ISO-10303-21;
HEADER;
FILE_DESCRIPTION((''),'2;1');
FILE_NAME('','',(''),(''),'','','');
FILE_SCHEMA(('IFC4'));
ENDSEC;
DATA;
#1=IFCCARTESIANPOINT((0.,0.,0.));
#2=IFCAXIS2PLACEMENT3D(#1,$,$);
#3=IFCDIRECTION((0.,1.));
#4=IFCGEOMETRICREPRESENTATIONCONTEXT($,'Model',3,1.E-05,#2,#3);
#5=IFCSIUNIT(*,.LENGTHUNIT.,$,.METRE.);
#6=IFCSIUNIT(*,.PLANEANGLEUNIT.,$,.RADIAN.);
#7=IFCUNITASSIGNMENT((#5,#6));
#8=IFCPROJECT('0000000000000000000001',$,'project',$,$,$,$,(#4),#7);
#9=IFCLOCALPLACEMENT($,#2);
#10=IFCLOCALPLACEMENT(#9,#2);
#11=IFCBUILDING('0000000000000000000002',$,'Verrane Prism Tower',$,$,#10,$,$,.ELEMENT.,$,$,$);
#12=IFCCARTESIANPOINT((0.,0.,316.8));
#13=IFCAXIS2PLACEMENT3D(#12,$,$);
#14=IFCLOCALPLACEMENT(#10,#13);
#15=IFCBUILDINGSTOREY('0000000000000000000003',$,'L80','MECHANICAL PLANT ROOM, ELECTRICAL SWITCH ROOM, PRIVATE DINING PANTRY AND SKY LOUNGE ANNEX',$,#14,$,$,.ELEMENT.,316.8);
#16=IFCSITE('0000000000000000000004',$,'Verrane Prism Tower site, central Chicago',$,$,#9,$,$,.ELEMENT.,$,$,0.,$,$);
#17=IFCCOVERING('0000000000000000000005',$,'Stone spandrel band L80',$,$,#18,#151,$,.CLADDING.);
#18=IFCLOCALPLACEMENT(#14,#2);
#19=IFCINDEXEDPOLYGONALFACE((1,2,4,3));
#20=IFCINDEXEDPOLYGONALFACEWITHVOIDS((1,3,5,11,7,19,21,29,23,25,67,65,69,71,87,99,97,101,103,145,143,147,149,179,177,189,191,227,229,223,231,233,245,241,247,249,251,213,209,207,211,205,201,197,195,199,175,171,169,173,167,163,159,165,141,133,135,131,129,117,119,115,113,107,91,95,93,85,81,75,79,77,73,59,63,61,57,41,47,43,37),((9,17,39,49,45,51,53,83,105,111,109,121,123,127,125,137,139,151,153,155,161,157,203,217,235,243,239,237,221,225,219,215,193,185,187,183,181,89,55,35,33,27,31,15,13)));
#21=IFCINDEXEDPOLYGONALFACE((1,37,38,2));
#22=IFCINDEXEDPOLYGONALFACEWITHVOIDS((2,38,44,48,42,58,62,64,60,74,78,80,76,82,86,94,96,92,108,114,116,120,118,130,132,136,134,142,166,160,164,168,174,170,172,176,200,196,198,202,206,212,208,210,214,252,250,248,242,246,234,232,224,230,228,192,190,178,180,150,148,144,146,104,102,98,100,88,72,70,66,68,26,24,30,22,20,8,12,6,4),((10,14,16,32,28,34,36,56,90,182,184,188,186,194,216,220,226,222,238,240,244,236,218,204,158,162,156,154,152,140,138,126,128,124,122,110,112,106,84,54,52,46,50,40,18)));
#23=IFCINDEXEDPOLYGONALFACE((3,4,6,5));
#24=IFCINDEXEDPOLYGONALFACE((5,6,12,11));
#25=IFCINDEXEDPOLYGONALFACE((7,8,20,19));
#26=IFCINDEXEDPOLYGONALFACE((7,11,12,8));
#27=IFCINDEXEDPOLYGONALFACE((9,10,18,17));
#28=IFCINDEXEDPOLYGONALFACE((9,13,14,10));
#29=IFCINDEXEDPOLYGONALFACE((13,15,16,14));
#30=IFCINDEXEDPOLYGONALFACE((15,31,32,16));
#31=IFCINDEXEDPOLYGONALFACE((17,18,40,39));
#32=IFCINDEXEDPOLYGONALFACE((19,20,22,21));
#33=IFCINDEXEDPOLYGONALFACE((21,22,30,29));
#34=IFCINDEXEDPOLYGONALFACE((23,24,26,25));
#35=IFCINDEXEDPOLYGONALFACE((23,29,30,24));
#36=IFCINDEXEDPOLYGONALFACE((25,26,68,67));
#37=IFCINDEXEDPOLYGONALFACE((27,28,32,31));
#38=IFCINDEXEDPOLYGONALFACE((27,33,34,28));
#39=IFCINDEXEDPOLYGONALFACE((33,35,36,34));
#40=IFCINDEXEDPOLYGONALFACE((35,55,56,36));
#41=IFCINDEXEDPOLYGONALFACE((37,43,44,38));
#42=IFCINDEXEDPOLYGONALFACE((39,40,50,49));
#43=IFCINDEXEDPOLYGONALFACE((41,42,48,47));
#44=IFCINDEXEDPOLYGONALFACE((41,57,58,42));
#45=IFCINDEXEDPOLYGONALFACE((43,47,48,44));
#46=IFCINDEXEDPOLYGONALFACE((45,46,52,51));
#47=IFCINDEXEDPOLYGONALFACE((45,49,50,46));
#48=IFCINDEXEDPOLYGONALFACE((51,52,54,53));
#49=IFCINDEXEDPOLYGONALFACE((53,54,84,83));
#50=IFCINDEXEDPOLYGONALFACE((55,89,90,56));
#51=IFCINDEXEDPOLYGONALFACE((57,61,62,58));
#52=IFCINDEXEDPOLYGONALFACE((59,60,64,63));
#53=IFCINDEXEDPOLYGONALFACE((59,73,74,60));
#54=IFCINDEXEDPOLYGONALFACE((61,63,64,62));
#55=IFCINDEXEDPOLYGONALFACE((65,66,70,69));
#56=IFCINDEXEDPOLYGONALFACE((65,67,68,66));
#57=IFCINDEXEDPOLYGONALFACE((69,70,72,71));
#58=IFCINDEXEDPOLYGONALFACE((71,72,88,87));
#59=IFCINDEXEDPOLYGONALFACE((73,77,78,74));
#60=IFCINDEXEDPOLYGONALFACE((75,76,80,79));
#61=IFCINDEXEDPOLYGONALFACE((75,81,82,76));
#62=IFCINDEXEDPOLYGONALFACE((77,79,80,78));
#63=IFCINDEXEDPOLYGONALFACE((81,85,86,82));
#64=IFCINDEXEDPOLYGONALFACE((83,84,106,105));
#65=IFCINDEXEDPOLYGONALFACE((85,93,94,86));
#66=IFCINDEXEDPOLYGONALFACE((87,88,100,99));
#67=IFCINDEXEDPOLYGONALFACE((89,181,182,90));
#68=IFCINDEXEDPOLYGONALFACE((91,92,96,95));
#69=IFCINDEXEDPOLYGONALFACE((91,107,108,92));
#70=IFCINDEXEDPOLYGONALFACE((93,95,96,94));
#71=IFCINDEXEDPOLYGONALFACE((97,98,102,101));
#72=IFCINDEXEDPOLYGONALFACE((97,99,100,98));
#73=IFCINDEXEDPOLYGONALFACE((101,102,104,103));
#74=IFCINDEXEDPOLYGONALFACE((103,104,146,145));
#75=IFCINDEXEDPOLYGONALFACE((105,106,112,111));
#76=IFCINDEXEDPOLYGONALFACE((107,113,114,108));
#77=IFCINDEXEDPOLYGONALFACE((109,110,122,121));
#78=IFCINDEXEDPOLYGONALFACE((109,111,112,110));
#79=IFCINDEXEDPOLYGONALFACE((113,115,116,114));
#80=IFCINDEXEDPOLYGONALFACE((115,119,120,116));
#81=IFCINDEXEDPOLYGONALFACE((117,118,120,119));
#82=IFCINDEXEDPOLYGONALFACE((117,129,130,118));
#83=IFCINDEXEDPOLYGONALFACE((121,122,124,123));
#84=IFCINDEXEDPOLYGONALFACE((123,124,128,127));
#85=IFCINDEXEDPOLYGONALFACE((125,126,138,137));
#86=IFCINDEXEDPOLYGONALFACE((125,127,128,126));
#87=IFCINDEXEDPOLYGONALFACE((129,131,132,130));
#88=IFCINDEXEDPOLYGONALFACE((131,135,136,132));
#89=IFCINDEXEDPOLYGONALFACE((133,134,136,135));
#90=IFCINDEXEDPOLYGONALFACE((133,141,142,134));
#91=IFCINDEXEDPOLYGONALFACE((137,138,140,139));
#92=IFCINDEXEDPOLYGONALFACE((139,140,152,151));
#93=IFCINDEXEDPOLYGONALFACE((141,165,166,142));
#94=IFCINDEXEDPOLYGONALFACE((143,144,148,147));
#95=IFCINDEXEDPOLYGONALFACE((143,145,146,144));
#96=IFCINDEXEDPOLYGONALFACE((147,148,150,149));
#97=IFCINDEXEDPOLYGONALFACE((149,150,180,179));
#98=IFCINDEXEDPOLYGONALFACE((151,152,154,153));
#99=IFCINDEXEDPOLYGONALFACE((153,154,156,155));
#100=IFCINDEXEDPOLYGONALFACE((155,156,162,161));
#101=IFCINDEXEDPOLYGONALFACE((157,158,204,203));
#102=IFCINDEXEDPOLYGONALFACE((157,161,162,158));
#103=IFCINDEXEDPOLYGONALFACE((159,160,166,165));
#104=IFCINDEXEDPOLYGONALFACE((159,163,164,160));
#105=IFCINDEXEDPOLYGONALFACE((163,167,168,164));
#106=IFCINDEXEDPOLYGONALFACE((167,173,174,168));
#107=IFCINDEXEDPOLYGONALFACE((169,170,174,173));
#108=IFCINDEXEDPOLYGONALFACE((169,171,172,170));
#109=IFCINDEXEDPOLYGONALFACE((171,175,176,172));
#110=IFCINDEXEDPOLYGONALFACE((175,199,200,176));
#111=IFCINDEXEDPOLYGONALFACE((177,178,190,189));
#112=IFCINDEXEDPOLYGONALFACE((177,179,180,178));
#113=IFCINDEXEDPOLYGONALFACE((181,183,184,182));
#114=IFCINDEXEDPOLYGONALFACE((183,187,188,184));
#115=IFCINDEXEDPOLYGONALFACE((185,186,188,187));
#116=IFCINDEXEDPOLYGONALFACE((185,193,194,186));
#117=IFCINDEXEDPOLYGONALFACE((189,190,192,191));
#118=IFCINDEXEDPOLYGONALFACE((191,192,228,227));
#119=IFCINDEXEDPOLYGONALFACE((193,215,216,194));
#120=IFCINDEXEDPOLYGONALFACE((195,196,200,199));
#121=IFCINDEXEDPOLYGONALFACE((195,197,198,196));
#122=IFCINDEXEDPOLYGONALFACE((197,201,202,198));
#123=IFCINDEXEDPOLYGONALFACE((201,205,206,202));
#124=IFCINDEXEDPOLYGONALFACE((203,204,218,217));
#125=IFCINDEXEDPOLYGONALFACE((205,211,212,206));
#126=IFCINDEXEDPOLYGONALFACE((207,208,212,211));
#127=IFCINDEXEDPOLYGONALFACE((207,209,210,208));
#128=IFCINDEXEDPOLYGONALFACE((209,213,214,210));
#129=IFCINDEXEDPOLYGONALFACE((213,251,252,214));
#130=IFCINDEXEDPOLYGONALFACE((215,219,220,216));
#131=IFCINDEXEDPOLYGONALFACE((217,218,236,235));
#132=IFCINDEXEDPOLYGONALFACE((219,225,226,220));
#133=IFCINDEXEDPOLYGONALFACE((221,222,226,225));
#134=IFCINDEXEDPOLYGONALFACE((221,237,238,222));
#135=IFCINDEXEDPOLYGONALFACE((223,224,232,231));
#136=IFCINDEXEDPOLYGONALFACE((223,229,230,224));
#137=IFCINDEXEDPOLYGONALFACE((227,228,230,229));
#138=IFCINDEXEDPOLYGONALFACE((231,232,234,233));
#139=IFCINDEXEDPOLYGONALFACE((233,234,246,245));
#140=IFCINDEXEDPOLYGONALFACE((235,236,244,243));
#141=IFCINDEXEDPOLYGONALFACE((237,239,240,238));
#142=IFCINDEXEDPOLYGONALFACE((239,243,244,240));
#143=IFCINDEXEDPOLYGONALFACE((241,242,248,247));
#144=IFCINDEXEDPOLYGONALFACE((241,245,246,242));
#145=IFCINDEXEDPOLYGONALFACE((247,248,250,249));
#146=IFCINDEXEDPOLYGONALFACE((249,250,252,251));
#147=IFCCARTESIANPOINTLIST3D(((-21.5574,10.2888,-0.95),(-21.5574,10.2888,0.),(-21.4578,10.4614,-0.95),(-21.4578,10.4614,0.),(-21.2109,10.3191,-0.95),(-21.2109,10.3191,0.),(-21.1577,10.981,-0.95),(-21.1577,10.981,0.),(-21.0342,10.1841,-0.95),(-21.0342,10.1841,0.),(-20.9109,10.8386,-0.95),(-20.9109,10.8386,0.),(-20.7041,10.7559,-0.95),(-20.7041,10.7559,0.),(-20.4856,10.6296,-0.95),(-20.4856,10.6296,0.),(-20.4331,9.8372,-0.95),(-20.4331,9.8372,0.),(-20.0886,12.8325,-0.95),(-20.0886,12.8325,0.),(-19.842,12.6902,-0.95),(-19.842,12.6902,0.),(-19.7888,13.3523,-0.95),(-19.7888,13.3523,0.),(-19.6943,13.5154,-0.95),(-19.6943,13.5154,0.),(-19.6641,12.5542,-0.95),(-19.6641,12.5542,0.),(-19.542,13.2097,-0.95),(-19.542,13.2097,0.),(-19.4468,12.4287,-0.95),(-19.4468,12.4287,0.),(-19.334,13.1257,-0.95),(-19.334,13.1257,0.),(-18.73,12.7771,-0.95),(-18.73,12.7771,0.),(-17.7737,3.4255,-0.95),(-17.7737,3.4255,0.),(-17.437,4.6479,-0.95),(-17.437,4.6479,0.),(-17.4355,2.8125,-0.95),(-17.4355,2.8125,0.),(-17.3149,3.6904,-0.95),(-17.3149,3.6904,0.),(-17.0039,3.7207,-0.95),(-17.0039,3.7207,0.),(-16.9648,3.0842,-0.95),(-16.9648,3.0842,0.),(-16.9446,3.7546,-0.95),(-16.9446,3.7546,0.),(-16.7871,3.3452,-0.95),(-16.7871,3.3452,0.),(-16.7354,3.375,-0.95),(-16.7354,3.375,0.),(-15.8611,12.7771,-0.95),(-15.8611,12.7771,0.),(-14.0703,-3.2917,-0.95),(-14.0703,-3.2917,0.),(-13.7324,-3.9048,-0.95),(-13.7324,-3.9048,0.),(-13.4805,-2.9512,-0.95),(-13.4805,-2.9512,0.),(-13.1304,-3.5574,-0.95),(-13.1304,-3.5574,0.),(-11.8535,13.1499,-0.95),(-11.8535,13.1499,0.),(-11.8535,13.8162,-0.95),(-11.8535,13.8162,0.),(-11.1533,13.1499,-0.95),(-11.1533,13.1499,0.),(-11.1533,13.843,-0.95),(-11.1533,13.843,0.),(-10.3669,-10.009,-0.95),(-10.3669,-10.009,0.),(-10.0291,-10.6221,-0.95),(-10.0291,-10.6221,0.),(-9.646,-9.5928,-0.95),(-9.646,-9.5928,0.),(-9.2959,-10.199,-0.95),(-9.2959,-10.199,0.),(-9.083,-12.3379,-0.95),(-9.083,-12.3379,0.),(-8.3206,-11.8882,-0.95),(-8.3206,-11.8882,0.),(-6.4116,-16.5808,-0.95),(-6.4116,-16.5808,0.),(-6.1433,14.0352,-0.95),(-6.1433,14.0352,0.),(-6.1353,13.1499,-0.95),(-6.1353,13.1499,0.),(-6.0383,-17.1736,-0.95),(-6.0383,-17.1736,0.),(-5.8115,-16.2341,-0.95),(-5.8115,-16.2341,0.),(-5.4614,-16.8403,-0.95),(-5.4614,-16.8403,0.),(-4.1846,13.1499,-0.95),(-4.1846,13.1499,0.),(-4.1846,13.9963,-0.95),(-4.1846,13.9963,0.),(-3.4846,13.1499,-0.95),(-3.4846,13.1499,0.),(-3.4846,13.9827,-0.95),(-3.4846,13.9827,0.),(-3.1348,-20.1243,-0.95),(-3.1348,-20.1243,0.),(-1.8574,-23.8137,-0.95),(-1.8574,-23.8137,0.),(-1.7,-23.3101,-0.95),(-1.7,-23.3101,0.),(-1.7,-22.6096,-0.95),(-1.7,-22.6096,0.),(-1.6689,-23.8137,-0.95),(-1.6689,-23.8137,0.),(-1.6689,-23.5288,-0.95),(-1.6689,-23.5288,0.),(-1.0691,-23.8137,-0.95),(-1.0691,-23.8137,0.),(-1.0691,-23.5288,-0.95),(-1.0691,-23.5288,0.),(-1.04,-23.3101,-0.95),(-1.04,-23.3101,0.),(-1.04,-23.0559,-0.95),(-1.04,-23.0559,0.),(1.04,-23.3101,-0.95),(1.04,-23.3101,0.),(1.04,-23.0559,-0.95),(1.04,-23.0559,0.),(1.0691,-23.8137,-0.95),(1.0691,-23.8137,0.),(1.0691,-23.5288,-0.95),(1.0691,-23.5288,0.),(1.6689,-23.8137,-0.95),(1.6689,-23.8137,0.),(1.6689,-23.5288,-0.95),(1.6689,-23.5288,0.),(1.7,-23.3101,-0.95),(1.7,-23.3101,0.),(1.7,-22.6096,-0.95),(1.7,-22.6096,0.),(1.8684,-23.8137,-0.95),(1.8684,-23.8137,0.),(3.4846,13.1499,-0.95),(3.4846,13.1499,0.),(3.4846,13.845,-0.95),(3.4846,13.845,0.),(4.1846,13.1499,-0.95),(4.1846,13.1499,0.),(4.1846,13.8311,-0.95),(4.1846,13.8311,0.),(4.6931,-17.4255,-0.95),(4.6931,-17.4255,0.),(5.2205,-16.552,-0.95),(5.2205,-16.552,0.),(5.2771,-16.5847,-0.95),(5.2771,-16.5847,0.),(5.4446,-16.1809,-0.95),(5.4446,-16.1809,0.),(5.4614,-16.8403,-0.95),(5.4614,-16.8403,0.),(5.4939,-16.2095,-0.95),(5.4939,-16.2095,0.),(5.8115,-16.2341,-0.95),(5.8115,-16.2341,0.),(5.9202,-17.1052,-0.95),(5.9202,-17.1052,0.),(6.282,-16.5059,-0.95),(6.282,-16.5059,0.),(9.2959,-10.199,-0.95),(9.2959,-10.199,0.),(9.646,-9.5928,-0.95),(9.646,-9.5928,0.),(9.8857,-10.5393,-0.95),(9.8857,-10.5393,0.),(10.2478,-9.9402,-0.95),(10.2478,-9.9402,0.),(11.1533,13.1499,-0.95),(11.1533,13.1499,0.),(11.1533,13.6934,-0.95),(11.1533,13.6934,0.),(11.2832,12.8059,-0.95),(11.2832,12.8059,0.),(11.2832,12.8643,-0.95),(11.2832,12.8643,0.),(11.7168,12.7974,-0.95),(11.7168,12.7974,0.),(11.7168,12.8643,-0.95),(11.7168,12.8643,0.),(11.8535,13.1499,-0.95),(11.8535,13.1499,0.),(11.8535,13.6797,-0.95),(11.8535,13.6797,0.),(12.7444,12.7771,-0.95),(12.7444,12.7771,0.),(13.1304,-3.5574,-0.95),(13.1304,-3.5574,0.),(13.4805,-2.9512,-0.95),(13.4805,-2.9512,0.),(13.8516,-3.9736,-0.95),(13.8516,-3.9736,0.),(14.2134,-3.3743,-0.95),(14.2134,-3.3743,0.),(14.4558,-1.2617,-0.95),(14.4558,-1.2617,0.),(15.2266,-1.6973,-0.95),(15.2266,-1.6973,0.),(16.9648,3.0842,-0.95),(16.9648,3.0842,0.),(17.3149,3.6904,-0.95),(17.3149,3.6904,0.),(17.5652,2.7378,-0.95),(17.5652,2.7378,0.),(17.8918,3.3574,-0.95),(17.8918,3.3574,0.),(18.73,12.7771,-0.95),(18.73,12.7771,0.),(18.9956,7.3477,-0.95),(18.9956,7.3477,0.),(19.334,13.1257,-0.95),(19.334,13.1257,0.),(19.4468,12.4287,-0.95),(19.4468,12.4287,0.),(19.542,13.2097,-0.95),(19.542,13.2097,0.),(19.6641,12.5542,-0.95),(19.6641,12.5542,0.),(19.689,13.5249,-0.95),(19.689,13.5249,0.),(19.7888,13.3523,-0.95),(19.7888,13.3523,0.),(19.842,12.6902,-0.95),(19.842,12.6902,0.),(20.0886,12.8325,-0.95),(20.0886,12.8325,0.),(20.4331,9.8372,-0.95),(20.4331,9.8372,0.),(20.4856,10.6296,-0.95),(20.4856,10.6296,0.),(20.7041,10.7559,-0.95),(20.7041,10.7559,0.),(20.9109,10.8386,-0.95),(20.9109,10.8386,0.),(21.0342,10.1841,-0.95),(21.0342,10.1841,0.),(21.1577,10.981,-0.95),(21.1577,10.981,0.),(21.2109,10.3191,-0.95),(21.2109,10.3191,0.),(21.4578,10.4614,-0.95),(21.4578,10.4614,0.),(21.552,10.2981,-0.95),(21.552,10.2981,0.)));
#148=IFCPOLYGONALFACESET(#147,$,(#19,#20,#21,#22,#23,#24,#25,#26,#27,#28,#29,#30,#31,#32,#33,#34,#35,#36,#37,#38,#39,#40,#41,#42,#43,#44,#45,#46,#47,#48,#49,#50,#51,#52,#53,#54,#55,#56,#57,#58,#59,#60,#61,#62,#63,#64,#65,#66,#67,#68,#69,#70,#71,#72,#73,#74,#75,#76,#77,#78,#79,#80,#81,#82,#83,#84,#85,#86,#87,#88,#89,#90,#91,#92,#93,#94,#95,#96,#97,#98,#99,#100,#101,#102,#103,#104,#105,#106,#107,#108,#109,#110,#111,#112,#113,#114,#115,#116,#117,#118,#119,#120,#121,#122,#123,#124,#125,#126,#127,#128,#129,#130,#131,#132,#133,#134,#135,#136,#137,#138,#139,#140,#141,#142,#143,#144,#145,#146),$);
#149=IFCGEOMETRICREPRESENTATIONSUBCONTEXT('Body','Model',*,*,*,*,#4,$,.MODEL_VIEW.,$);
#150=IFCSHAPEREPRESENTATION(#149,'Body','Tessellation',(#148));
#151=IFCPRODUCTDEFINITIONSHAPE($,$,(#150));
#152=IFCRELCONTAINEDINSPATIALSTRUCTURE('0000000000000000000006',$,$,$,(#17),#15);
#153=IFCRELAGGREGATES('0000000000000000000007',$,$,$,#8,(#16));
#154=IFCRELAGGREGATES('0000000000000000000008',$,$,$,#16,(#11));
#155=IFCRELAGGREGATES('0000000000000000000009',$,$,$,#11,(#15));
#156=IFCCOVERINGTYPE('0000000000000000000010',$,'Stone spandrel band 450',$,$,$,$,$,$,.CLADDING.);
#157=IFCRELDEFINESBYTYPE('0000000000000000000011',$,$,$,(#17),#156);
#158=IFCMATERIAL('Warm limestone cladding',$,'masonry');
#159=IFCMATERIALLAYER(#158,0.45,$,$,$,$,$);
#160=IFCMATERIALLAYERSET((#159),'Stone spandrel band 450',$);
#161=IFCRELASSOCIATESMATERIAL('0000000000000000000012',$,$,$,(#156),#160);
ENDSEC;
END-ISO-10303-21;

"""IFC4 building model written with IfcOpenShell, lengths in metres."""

from ifc_helpers import new_model, si_unit, direction, frame, origin, place, context, subcontext, project, spatial, polyline, outline, extrude, material, layer, layer_set, type_object, element, save


model = new_model("IFC4")

# Units and contexts
model_context = context("Model", 3, precision=1e-05, world=origin(), true_north=direction((0.0, 1.0)))
body_context = subcontext(model_context, "Body", "Model", "MODEL_VIEW")
ifc_project = project(units=[si_unit("LENGTHUNIT", "METRE"), si_unit("PLANEANGLEUNIT", "RADIAN")], contexts=[model_context])

# Site, building, storey
site_placement = place(None, origin())
site = spatial("IfcSite", under=ifc_project, at=site_placement, Name="Verrane Prism Tower site, central Chicago", CompositionType="ELEMENT", RefElevation=0.0)
building_placement = place(site_placement, origin())
building = spatial("IfcBuilding", under=site, at=building_placement, Name="Verrane Prism Tower", CompositionType="ELEMENT")
storey_placement = place(building_placement, frame((0.0, 0.0, 316.8)))
storey = spatial("IfcBuildingStorey", under=building, at=storey_placement, Name="L80", Description="MECHANICAL PLANT ROOM, ELECTRICAL SWITCH ROOM, PRIVATE DINING PANTRY AND SKY LOUNGE ANNEX", CompositionType="ELEMENT", Elevation=316.8)

# Covering
ifc_material_1 = material(Name="Warm limestone cladding", Category="masonry")
ifc_layer_1 = layer(ifc_material_1, 0.45)
ifc_layer_set_1 = layer_set([ifc_layer_1], Name="Stone spandrel band 450")
covering_type_1 = type_object("IfcCoveringType", Name="Stone spandrel band 450", PredefinedType="CLADDING", material=ifc_layer_set_1)
covering_1_placement = place(storey_placement, frame((0.0, 0.0, -0.95)))
element("IfcCovering", 1, at=covering_1_placement, inside=storey, type_object=covering_type_1, Name="Stone spandrel band L80", PredefinedType="CLADDING", context=body_context, shape_type="SweptSolid", body=[
    extrude(outline(polyline([(1.8684, -23.8137), (5.9202, -17.1052), (5.4614, -16.8403), (5.8115, -16.2341), (6.282, -16.5059), (9.8857, -10.5393), (9.2959, -10.199), (9.646, -9.5928), (10.2478, -9.9402), (13.8516, -3.9736), (13.1304, -3.5574), (13.4805, -2.9512), (14.2134, -3.3743), (15.2266, -1.6973), (17.5652, 2.7378), (16.9648, 3.0842), (17.3149, 3.6904), (17.8918, 3.3574), (21.552, 10.2981), (21.4578, 10.4614), (21.2109, 10.3191), (20.9109, 10.8386), (21.1577, 10.981), (20.0886, 12.8325), (19.842, 12.6902), (19.542, 13.2097), (19.7888, 13.3523), (19.689, 13.5249), (11.8535, 13.6797), (11.8535, 13.1499), (11.1533, 13.1499), (11.1533, 13.6934), (4.1846, 13.8311), (4.1846, 13.1499), (3.4846, 13.1499), (3.4846, 13.845), (-3.4846, 13.9827), (-3.4846, 13.1499), (-4.1846, 13.1499), (-4.1846, 13.9963), (-6.1433, 14.0352), (-11.1533, 13.843), (-11.1533, 13.1499), (-11.8535, 13.1499), (-11.8535, 13.8162), (-19.6943, 13.5154), (-19.7888, 13.3523), (-19.542, 13.2097), (-19.842, 12.6902), (-20.0886, 12.8325), (-21.1577, 10.981), (-20.9109, 10.8386), (-21.2109, 10.3191), (-21.4578, 10.4614), (-21.5574, 10.2888), (-17.7737, 3.4255), (-17.3149, 3.6904), (-16.9648, 3.0842), (-17.4355, 2.8125), (-14.0703, -3.2917), (-13.4805, -2.9512), (-13.1304, -3.5574), (-13.7324, -3.9048), (-10.3669, -10.009), (-9.646, -9.5928), (-9.2959, -10.199), (-10.0291, -10.6221), (-9.083, -12.3379), (-6.4116, -16.5808), (-5.8115, -16.2341), (-5.4614, -16.8403), (-6.0383, -17.1736), (-1.8574, -23.8137), (-1.6689, -23.8137), (-1.6689, -23.5288), (-1.0691, -23.5288), (-1.0691, -23.8137), (1.0691, -23.8137), (1.0691, -23.5288), (1.6689, -23.5288), (1.6689, -23.8137), (1.8684, -23.8137)]), holes=[polyline([(4.6931, -17.4255), (1.7, -22.6096), (1.7, -23.3101), (1.04, -23.3101), (1.04, -23.0559), (-1.04, -23.0559), (-1.04, -23.3101), (-1.7, -23.3101), (-1.7, -22.6096), (-3.1348, -20.1243), (-8.3206, -11.8882), (-16.7354, 3.375), (-16.7871, 3.3452), (-17.0039, 3.7207), (-16.9446, 3.7546), (-17.437, 4.6479), (-20.4331, 9.8372), (-21.0342, 10.1841), (-20.7041, 10.7559), (-20.4856, 10.6296), (-19.4468, 12.4287), (-19.6641, 12.5542), (-19.334, 13.1257), (-18.73, 12.7771), (-15.8611, 12.7771), (-6.1353, 13.1499), (11.2832, 12.8059), (11.2832, 12.8643), (11.7168, 12.8643), (11.7168, 12.7974), (12.7444, 12.7771), (18.73, 12.7771), (19.334, 13.1257), (19.6641, 12.5542), (19.4468, 12.4287), (20.4856, 10.6296), (20.7041, 10.7559), (21.0342, 10.1841), (20.4331, 9.8372), (18.9956, 7.3477), (14.4558, -1.2617), (5.4446, -16.1809), (5.4939, -16.2095), (5.2771, -16.5847), (5.2205, -16.552), (4.6931, -17.4255)])]), origin(), (0.0, 0.0, 1.0), 0.95),
])

save(model, "model.ifc")
